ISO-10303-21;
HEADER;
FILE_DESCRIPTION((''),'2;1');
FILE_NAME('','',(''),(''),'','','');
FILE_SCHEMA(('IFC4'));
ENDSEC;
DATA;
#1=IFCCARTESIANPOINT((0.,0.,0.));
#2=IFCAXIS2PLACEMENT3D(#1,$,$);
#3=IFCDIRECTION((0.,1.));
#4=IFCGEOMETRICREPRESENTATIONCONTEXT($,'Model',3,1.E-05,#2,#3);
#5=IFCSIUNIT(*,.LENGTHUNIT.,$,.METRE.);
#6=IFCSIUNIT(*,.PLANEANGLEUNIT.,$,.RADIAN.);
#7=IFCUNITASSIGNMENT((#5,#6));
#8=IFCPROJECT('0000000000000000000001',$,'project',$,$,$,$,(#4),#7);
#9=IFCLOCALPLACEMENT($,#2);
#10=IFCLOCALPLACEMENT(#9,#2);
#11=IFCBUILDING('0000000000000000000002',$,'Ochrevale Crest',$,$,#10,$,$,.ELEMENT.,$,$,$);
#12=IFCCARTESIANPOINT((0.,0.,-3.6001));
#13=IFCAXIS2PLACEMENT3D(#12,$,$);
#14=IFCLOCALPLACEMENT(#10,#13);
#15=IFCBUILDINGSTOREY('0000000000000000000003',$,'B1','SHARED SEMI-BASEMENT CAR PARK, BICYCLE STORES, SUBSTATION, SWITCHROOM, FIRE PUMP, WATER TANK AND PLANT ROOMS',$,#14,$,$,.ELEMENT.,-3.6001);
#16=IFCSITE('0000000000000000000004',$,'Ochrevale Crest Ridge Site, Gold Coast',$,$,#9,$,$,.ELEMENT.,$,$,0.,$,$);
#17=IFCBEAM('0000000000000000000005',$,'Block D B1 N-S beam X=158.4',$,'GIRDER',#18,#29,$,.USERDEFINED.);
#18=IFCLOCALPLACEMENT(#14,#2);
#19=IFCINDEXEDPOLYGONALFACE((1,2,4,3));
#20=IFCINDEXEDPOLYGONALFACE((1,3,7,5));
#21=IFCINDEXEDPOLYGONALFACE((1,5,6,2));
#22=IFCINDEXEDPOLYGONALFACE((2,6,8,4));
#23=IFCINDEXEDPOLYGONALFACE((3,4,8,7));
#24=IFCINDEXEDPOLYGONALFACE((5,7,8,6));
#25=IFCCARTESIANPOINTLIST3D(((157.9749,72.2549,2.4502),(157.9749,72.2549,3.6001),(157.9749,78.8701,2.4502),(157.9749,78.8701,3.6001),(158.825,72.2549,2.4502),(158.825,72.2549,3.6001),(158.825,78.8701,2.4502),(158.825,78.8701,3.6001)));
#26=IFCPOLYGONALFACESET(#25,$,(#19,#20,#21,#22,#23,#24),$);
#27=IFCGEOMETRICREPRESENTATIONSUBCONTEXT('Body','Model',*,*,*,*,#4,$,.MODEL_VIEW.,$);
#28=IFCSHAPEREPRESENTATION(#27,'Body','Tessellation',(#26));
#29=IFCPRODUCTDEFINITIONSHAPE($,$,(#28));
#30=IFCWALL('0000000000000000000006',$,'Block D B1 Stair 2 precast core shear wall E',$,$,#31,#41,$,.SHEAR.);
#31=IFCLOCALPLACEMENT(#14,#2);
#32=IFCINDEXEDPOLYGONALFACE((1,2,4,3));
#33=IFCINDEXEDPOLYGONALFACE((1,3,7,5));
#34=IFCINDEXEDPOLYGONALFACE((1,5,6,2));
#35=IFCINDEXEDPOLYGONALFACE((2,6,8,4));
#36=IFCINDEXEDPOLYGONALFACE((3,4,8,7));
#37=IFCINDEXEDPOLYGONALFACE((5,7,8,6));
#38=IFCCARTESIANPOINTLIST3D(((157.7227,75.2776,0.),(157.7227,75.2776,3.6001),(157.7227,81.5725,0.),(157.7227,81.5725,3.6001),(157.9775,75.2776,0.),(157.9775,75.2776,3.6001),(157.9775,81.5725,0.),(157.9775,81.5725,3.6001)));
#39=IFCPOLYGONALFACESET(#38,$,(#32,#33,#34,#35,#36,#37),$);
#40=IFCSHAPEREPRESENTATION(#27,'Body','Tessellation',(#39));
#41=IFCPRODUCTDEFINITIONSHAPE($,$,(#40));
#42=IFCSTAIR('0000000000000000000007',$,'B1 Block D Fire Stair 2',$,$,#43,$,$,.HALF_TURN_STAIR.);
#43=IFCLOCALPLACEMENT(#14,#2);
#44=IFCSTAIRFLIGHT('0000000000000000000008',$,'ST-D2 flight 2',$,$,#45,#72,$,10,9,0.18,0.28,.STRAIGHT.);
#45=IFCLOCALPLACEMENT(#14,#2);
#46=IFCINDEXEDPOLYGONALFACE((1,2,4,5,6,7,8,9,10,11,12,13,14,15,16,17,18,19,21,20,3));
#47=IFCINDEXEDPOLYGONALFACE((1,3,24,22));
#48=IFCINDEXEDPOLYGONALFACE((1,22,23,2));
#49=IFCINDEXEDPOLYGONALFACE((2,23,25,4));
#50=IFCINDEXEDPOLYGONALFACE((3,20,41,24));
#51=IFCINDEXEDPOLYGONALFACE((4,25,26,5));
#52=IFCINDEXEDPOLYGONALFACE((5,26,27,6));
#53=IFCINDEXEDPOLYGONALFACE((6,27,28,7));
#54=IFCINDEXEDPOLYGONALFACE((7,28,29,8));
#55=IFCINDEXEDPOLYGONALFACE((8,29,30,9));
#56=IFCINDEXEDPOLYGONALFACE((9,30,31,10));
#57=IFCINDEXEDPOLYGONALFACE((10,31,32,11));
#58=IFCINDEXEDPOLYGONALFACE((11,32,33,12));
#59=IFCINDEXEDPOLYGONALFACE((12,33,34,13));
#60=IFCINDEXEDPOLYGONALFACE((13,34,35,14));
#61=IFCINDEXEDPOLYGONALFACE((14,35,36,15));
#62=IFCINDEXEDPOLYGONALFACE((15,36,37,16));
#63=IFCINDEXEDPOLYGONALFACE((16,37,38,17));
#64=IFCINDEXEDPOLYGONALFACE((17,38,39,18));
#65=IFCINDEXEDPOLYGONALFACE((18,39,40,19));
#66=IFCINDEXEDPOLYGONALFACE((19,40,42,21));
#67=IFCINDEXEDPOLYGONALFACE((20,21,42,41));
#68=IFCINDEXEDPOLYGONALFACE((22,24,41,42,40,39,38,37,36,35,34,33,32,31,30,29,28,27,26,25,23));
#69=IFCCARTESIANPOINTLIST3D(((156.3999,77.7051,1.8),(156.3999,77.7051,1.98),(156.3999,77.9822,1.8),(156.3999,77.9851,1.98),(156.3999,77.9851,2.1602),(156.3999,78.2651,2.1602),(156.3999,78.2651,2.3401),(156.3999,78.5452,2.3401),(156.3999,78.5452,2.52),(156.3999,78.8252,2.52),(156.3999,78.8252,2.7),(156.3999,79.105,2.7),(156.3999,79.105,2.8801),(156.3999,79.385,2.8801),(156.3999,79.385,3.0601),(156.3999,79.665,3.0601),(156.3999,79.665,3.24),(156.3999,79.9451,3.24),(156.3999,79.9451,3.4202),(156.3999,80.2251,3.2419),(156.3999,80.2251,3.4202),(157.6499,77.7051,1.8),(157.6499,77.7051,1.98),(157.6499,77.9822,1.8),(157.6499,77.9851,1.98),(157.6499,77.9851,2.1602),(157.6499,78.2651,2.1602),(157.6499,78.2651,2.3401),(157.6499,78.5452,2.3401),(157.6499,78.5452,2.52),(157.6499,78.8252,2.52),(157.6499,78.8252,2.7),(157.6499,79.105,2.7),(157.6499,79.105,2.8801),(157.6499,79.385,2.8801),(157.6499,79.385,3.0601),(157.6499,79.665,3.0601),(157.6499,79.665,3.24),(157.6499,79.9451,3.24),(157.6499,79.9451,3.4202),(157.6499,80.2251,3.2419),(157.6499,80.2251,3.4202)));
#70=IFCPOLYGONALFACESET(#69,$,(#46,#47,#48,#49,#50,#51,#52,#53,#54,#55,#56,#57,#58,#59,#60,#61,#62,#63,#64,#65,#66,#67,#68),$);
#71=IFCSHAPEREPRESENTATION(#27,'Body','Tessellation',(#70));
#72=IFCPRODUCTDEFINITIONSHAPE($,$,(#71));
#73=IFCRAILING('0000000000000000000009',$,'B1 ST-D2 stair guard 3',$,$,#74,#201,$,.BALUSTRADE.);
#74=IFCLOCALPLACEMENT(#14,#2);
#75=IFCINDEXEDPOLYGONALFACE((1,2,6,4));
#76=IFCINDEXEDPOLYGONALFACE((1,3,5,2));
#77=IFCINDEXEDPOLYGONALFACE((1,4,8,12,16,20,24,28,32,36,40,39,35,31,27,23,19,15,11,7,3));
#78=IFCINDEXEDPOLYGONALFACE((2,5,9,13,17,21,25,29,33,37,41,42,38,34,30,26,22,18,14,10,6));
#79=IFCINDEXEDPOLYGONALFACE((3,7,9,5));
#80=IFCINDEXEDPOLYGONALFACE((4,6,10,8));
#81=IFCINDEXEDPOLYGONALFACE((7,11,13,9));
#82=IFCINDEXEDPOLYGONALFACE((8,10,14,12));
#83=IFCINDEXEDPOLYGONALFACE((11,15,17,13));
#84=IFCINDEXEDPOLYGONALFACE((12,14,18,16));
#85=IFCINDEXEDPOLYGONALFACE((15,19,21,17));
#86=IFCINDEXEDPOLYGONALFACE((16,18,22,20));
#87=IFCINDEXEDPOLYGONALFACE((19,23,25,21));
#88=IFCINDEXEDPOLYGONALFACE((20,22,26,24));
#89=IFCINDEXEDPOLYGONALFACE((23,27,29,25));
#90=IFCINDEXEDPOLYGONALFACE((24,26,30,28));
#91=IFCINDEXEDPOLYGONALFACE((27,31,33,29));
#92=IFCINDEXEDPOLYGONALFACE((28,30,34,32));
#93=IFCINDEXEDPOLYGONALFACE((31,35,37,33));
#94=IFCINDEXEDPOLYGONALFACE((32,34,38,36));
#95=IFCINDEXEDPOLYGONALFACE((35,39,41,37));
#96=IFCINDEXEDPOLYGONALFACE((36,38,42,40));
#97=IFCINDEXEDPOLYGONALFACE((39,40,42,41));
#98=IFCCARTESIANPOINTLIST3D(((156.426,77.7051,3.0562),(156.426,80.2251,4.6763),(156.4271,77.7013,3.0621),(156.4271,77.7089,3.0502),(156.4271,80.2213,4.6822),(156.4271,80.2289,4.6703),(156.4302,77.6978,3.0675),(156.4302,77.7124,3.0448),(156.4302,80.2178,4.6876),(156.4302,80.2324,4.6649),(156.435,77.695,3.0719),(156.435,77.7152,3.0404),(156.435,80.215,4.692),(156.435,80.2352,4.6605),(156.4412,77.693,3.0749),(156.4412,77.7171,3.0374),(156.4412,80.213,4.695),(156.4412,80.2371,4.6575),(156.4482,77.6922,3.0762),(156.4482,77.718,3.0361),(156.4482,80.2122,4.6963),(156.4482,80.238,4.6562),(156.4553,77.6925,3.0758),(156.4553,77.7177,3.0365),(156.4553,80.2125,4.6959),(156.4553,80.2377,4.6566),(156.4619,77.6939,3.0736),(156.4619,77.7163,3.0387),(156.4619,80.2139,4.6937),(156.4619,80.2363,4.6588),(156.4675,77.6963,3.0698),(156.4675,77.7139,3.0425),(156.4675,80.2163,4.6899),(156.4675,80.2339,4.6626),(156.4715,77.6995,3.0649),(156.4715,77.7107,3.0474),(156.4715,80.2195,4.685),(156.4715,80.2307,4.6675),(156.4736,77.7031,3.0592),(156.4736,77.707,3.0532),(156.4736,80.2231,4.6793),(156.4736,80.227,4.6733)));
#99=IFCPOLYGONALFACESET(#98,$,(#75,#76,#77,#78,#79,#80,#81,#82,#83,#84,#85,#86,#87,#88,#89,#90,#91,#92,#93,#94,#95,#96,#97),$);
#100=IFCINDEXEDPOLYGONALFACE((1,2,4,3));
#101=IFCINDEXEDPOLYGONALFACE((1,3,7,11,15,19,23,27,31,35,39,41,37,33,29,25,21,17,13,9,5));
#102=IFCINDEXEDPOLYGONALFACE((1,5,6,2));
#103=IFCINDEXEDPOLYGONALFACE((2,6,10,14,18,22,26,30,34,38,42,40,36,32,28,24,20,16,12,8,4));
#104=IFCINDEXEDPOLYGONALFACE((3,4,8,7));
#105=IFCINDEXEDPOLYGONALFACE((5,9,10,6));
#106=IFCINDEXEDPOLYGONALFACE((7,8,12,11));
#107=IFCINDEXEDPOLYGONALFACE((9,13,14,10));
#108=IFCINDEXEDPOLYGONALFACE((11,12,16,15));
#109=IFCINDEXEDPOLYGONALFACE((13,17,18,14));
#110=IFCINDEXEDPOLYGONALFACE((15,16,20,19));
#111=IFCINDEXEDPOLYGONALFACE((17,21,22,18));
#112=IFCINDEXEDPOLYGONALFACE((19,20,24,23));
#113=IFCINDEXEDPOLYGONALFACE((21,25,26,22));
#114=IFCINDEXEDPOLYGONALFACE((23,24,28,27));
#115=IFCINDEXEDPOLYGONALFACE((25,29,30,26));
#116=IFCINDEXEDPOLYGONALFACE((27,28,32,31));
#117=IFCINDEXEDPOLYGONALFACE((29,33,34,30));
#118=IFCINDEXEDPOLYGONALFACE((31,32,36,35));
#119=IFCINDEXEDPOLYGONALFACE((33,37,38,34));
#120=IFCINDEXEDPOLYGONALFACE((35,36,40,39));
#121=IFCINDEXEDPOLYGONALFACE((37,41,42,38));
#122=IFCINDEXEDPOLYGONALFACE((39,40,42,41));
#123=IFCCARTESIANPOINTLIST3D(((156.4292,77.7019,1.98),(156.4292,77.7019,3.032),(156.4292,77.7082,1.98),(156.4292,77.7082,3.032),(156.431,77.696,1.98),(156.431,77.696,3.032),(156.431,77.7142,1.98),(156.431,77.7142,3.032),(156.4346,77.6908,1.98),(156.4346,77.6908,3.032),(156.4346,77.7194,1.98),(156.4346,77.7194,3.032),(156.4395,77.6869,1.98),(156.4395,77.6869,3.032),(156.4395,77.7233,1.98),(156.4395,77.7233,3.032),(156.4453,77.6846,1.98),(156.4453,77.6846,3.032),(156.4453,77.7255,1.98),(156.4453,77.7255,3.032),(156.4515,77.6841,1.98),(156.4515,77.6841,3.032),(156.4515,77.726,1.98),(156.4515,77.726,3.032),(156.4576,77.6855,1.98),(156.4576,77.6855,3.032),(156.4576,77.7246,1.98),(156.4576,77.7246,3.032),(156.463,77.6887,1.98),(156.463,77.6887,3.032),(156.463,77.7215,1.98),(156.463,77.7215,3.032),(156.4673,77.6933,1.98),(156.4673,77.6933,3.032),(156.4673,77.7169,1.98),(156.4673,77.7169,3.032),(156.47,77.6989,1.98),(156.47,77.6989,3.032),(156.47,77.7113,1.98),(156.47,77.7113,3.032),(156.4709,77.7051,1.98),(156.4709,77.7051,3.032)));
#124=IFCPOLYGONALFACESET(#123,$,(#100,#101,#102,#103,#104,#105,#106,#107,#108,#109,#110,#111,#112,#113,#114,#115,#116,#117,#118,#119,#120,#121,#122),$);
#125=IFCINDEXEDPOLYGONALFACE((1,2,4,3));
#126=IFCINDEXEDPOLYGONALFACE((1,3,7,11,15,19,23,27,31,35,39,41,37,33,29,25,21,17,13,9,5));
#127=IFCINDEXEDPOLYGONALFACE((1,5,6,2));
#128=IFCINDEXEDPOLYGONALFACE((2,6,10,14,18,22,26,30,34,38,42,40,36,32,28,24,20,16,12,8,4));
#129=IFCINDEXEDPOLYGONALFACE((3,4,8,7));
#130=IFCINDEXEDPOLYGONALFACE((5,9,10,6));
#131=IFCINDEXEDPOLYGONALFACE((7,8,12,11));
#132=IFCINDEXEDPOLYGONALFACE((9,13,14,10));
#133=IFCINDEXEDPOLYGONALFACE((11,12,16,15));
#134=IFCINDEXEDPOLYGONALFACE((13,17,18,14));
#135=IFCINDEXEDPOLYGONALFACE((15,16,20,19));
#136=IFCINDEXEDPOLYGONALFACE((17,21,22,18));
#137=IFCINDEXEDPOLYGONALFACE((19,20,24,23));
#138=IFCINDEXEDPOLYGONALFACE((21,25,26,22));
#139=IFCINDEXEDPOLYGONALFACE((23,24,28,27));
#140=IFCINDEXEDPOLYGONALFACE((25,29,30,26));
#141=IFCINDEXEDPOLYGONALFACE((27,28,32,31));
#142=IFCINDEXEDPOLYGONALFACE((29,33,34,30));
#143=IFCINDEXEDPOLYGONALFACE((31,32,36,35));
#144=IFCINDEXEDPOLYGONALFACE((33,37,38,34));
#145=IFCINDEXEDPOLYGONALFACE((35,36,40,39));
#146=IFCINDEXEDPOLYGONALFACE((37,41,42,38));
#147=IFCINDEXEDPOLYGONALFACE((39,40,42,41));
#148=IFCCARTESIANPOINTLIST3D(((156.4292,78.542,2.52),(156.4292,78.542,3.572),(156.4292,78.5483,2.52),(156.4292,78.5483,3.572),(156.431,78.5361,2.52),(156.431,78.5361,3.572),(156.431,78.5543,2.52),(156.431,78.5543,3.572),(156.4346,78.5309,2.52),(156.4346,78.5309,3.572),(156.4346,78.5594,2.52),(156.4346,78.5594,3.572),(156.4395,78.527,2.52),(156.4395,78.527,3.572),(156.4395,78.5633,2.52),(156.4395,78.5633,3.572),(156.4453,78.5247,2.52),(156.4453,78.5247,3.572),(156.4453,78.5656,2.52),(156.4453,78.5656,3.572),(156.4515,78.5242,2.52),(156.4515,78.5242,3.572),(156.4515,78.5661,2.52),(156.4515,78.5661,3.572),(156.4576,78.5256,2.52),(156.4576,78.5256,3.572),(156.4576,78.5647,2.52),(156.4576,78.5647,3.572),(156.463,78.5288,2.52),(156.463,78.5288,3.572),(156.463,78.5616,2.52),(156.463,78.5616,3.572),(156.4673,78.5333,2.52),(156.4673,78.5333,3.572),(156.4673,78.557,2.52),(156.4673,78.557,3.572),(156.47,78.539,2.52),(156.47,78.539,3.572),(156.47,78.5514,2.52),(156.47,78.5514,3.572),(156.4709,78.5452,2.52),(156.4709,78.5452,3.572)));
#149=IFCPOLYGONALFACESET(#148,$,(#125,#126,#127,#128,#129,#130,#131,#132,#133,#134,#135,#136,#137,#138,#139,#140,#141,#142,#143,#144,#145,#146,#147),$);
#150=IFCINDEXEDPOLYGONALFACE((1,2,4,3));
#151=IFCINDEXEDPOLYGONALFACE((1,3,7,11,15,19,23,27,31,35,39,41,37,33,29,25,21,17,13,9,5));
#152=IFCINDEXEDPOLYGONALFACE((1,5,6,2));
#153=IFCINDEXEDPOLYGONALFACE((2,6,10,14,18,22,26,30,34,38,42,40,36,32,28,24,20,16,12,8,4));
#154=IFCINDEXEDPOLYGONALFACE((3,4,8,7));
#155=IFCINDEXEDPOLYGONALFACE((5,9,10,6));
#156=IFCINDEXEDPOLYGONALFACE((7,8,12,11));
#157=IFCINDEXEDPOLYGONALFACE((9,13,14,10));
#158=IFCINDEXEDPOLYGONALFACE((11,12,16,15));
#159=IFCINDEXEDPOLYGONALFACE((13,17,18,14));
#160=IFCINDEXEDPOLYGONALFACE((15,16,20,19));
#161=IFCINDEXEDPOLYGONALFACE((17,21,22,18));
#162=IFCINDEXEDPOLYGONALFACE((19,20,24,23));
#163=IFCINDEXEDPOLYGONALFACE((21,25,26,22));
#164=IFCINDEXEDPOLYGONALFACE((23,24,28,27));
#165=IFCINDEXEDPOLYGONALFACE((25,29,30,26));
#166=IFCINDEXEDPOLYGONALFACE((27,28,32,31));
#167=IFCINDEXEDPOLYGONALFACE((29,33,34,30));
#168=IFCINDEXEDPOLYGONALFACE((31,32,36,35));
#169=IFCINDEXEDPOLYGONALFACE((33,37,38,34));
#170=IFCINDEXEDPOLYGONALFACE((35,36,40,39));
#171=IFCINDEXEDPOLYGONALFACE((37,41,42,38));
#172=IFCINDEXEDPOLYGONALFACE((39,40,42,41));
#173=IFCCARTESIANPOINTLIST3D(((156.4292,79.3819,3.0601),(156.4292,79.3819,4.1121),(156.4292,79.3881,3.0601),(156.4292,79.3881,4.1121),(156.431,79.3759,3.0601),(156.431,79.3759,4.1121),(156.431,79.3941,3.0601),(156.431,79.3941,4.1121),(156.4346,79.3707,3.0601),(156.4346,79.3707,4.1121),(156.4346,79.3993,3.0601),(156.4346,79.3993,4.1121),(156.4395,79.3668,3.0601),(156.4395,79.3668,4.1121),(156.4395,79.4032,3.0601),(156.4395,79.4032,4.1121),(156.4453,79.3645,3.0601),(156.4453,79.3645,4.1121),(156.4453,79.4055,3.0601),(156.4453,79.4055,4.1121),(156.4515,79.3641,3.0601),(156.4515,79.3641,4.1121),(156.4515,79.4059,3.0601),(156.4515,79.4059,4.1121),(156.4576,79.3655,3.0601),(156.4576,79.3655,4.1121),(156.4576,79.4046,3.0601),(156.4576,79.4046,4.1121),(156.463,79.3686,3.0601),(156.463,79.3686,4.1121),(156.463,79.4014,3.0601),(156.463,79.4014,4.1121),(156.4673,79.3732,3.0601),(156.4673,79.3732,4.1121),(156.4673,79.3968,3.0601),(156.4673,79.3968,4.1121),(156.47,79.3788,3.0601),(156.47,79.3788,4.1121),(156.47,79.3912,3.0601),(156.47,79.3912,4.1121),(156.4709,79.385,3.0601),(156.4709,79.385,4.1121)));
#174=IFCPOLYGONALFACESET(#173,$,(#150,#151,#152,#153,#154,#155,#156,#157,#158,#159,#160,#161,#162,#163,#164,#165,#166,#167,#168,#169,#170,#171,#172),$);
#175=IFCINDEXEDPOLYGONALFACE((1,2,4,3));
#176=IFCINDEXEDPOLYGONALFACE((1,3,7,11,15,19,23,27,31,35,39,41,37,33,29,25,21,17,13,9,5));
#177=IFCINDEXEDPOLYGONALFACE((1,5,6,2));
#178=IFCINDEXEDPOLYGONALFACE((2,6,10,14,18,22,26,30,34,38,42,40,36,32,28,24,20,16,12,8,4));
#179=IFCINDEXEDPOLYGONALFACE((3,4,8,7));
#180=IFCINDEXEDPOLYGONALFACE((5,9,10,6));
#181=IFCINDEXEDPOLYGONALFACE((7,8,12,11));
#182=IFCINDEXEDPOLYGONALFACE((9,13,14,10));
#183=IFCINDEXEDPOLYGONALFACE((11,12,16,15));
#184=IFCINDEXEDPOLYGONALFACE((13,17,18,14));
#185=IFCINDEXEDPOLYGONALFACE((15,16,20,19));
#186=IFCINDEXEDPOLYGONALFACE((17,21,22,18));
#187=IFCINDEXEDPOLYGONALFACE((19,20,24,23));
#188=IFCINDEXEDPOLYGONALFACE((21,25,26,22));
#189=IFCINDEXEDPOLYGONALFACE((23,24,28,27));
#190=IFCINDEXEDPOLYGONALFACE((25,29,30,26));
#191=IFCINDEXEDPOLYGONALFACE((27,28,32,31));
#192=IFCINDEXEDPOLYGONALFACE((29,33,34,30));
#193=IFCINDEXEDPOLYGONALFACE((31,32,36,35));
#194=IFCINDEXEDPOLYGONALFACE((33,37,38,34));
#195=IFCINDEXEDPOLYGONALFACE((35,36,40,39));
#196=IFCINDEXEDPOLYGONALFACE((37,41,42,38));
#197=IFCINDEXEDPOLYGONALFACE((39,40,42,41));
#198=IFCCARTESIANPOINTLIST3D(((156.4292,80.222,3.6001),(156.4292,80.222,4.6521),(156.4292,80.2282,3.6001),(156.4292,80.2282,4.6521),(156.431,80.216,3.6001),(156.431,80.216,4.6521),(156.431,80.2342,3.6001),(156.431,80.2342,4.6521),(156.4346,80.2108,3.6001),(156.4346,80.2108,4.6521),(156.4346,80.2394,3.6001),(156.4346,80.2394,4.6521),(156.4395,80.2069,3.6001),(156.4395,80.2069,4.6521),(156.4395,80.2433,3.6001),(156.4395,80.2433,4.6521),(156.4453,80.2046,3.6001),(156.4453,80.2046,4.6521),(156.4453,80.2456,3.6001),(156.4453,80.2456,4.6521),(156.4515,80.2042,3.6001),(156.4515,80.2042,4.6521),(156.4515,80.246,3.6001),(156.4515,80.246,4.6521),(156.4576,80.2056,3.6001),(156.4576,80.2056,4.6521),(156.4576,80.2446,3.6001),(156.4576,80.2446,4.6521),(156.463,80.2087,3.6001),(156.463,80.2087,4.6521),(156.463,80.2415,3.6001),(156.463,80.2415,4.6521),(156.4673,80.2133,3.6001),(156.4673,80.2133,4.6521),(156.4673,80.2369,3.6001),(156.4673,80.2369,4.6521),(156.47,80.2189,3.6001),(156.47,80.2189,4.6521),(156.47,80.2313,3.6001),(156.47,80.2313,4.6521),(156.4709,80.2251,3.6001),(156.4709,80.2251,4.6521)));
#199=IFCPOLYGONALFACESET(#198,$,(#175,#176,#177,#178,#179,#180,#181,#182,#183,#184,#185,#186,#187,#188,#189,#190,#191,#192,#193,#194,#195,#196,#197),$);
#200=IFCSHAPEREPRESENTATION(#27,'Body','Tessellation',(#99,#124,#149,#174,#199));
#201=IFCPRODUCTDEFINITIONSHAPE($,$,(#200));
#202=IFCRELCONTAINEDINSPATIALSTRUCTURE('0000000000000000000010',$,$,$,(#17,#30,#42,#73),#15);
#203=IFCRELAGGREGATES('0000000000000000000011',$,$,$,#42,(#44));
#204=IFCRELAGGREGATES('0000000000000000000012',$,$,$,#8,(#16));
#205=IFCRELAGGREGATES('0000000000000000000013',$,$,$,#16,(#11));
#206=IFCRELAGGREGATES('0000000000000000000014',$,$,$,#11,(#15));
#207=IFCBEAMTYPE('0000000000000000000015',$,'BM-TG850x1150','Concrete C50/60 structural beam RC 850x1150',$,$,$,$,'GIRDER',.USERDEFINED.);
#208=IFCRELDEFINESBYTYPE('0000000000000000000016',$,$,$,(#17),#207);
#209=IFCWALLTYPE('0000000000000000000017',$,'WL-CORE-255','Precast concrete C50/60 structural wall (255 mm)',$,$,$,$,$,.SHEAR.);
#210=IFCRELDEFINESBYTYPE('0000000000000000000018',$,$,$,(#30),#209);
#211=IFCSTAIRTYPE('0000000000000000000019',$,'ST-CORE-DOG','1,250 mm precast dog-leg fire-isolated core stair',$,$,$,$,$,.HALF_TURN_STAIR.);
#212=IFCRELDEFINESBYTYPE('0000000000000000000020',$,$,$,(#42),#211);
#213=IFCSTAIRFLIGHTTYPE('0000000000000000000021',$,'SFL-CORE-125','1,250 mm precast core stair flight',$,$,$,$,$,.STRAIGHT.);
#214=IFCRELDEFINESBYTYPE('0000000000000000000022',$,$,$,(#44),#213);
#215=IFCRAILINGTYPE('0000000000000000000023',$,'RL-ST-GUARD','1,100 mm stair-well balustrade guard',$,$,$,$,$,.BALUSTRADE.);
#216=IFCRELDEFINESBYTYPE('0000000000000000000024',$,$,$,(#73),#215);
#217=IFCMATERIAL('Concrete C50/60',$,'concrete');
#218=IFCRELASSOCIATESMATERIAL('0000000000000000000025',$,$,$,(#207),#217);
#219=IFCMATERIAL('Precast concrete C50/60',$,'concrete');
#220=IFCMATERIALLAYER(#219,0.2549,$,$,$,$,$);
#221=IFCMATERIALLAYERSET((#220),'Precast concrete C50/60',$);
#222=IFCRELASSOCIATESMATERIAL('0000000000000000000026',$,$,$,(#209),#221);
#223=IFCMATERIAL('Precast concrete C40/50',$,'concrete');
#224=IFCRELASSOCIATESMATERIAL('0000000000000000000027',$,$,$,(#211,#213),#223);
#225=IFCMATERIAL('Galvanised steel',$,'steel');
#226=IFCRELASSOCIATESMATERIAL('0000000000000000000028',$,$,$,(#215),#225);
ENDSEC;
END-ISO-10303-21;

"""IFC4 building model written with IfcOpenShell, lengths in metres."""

from ifc_helpers import new_model, si_unit, direction, frame, frame_2d, origin, origin_2d, place, context, subcontext, project, spatial, polyline, rectangle, circle, outline, extrude, material, layer, layer_set, material_profile, profile_set, type_object, element, aggregate, save


model = new_model("IFC4")

# Units and contexts
model_context = context("Model", 3, precision=1e-05, world=origin(), true_north=direction((0.0, 1.0)))
body_context = subcontext(model_context, "Body", "Model", "MODEL_VIEW")
ifc_project = project(units=[si_unit("LENGTHUNIT", "METRE"), si_unit("PLANEANGLEUNIT", "RADIAN")], contexts=[model_context])

# Site, building, storey
site_placement = place(None, origin())
site = spatial("IfcSite", under=ifc_project, at=site_placement, Name="Ochrevale Crest Ridge Site, Gold Coast", CompositionType="ELEMENT", RefElevation=0.0)
building_placement = place(site_placement, origin())
building = spatial("IfcBuilding", under=site, at=building_placement, Name="Ochrevale Crest", CompositionType="ELEMENT")
storey_placement = place(building_placement, frame((0.0, 0.0, -3.6001)))
storey = spatial("IfcBuildingStorey", under=building, at=storey_placement, Name="B1", Description="SHARED SEMI-BASEMENT CAR PARK, BICYCLE STORES, SUBSTATION, SWITCHROOM, FIRE PUMP, WATER TANK AND PLANT ROOMS", CompositionType="ELEMENT", Elevation=-3.6001)

# Shared definitions
ifc_material_1 = material(Name="Precast concrete C50/60", Category="concrete")
ifc_material_2 = material(Name="Concrete C50/60", Category="concrete")

# Beam
ifc_material_profile_1 = material_profile(ifc_material_2, rectangle(XDim=0.8501, YDim=1.1499, at=origin_2d()), Name="RC 850x1150")
ifc_profile_set_1 = profile_set([ifc_material_profile_1], Name="Concrete C50/60")
beam_type = type_object("IfcBeamType", Name="BM-TG850x1150", Description="Concrete C50/60 structural beam RC 850x1150", ElementType="GIRDER", PredefinedType="USERDEFINED", material=ifc_profile_set_1)
beam_placement = place(storey_placement, frame((158.3999, 72.2549, 3.0251), z_axis=(0.0, 1.0, 0.0), x_axis=(-1.0, 0.0, 0.0)))
element("IfcBeam", 1, at=beam_placement, inside=storey, type_object=beam_type, Name="Block D B1 N-S beam X=158.4", ObjectType="GIRDER", PredefinedType="USERDEFINED", context=body_context, shape_type="SweptSolid", body=[
    extrude(rectangle(XDim=0.8501, YDim=1.1499, at=origin_2d()), origin(), (0.0, 0.0, 1.0), 6.6152),
])

# Wall
ifc_layer = layer(ifc_material_1, 0.2549)
ifc_layer_set = layer_set([ifc_layer], Name="Precast concrete C50/60")
wall_type = type_object("IfcWallType", Name="WL-CORE-255", Description="Precast concrete C50/60 structural wall (255 mm)", PredefinedType="SHEAR", material=ifc_layer_set)
wall_placement = place(storey_placement, frame((157.8501, 75.2776, 0.0), z_axis=(0.0, 0.0, 1.0), x_axis=(0.0, 1.0, 0.0)))
element("IfcWall", 2, at=wall_placement, inside=storey, type_object=wall_type, Name="Block D B1 Stair 2 precast core shear wall E", PredefinedType="SHEAR", context=body_context, shape_type="SweptSolid", body=[
    extrude(rectangle(XDim=6.2949, YDim=0.2549, at=frame_2d((3.1475, 0.0))), origin(), (0.0, 0.0, 1.0), 3.6001),
])

# Stair, stair flight
ifc_material_3 = material(Name="Precast concrete C40/50", Category="concrete")
stair_type = type_object("IfcStairType", Name="ST-CORE-DOG", Description="1,250 mm precast dog-leg fire-isolated core stair", PredefinedType="HALF_TURN_STAIR", material=ifc_material_3)
stair_placement = place(storey_placement, origin())
stair = element("IfcStair", 3, at=stair_placement, inside=storey, type_object=stair_type, Name="B1 Block D Fire Stair 2", PredefinedType="HALF_TURN_STAIR")
stair_flight_type = type_object("IfcStairFlightType", Name="SFL-CORE-125", Description="1,250 mm precast core stair flight", PredefinedType="STRAIGHT", material=ifc_material_3)
stair_flight_placement = place(storey_placement, frame((157.0249, 77.7051, 1.8), z_axis=(0.0, 0.0, 1.0), x_axis=(0.0, 1.0, 0.0)))
stair_flight = element("IfcStairFlight", 4, at=stair_flight_placement, type_object=stair_flight_type, Name="ST-D2 flight 2", NumberOfRisers=10, NumberOfTreads=9, PredefinedType="STRAIGHT", RiserHeight=0.18, TreadLength=0.28, context=body_context, shape_type="SweptSolid", body=[
    extrude(outline(polyline([(0.0, 0.0), (0.0, 0.1799), (0.28, 0.1799), (0.28, 0.3601), (0.5601, 0.3601), (0.5601, 0.54), (0.8401, 0.54), (0.8401, 0.72), (1.1201, 0.72), (1.1201, 0.8999), (1.3999, 0.8999), (1.3999, 1.0801), (1.6799, 1.0801), (1.6799, 1.26), (1.96, 1.26), (1.96, 1.4399), (2.24, 1.4399), (2.24, 1.6201), (2.52, 1.6201), (2.52, 1.8), (2.52, 1.4419), (0.2771, 0.0), (0.0, 0.0)])), frame((0.0, 0.625, 0.0), z_axis=(0.0, -1.0, 0.0), x_axis=(1.0, 0.0, 0.0)), (0.0, 0.0, 1.0), 1.25),
])
aggregate(stair, [stair_flight])

# Railing
ifc_material_4 = material(Name="Galvanised steel", Category="steel")
railing_type_1 = type_object("IfcRailingType", Name="RL-ST-GUARD", Description="1,100 mm stair-well balustrade guard", PredefinedType="BALUSTRADE", material=ifc_material_4)
railing_1_placement = place(storey_placement, frame((156.45, 77.7051, 1.98)))
element("IfcRailing", 5, at=railing_1_placement, inside=storey, type_object=railing_type_1, Name="B1 ST-D2 stair guard 3", PredefinedType="BALUSTRADE", context=body_context, shape_type="SweptSolid", body=[
    extrude(circle(Radius=0.0239, at=origin_2d()), frame((0.0, 0.0, 1.0762), z_axis=(0.0, 0.841163, 0.540782), x_axis=(-1.0, 0.0, 0.0)), (0.0, 0.0, 1.0), 2.9958),
    extrude(circle(Radius=0.021, at=origin_2d()), origin(), (0.0, 0.0, 1.0), 1.052),
    extrude(circle(Radius=0.021, at=origin_2d()), frame((0.0, 0.8401, 0.54)), (0.0, 0.0, 1.0), 1.052),
    extrude(circle(Radius=0.021, at=origin_2d()), frame((0.0, 1.6799, 1.0801)), (0.0, 0.0, 1.0), 1.052),
    extrude(circle(Radius=0.021, at=origin_2d()), frame((0.0, 2.52, 1.6201)), (0.0, 0.0, 1.0), 1.052),
])

save(model, "model.ifc")
